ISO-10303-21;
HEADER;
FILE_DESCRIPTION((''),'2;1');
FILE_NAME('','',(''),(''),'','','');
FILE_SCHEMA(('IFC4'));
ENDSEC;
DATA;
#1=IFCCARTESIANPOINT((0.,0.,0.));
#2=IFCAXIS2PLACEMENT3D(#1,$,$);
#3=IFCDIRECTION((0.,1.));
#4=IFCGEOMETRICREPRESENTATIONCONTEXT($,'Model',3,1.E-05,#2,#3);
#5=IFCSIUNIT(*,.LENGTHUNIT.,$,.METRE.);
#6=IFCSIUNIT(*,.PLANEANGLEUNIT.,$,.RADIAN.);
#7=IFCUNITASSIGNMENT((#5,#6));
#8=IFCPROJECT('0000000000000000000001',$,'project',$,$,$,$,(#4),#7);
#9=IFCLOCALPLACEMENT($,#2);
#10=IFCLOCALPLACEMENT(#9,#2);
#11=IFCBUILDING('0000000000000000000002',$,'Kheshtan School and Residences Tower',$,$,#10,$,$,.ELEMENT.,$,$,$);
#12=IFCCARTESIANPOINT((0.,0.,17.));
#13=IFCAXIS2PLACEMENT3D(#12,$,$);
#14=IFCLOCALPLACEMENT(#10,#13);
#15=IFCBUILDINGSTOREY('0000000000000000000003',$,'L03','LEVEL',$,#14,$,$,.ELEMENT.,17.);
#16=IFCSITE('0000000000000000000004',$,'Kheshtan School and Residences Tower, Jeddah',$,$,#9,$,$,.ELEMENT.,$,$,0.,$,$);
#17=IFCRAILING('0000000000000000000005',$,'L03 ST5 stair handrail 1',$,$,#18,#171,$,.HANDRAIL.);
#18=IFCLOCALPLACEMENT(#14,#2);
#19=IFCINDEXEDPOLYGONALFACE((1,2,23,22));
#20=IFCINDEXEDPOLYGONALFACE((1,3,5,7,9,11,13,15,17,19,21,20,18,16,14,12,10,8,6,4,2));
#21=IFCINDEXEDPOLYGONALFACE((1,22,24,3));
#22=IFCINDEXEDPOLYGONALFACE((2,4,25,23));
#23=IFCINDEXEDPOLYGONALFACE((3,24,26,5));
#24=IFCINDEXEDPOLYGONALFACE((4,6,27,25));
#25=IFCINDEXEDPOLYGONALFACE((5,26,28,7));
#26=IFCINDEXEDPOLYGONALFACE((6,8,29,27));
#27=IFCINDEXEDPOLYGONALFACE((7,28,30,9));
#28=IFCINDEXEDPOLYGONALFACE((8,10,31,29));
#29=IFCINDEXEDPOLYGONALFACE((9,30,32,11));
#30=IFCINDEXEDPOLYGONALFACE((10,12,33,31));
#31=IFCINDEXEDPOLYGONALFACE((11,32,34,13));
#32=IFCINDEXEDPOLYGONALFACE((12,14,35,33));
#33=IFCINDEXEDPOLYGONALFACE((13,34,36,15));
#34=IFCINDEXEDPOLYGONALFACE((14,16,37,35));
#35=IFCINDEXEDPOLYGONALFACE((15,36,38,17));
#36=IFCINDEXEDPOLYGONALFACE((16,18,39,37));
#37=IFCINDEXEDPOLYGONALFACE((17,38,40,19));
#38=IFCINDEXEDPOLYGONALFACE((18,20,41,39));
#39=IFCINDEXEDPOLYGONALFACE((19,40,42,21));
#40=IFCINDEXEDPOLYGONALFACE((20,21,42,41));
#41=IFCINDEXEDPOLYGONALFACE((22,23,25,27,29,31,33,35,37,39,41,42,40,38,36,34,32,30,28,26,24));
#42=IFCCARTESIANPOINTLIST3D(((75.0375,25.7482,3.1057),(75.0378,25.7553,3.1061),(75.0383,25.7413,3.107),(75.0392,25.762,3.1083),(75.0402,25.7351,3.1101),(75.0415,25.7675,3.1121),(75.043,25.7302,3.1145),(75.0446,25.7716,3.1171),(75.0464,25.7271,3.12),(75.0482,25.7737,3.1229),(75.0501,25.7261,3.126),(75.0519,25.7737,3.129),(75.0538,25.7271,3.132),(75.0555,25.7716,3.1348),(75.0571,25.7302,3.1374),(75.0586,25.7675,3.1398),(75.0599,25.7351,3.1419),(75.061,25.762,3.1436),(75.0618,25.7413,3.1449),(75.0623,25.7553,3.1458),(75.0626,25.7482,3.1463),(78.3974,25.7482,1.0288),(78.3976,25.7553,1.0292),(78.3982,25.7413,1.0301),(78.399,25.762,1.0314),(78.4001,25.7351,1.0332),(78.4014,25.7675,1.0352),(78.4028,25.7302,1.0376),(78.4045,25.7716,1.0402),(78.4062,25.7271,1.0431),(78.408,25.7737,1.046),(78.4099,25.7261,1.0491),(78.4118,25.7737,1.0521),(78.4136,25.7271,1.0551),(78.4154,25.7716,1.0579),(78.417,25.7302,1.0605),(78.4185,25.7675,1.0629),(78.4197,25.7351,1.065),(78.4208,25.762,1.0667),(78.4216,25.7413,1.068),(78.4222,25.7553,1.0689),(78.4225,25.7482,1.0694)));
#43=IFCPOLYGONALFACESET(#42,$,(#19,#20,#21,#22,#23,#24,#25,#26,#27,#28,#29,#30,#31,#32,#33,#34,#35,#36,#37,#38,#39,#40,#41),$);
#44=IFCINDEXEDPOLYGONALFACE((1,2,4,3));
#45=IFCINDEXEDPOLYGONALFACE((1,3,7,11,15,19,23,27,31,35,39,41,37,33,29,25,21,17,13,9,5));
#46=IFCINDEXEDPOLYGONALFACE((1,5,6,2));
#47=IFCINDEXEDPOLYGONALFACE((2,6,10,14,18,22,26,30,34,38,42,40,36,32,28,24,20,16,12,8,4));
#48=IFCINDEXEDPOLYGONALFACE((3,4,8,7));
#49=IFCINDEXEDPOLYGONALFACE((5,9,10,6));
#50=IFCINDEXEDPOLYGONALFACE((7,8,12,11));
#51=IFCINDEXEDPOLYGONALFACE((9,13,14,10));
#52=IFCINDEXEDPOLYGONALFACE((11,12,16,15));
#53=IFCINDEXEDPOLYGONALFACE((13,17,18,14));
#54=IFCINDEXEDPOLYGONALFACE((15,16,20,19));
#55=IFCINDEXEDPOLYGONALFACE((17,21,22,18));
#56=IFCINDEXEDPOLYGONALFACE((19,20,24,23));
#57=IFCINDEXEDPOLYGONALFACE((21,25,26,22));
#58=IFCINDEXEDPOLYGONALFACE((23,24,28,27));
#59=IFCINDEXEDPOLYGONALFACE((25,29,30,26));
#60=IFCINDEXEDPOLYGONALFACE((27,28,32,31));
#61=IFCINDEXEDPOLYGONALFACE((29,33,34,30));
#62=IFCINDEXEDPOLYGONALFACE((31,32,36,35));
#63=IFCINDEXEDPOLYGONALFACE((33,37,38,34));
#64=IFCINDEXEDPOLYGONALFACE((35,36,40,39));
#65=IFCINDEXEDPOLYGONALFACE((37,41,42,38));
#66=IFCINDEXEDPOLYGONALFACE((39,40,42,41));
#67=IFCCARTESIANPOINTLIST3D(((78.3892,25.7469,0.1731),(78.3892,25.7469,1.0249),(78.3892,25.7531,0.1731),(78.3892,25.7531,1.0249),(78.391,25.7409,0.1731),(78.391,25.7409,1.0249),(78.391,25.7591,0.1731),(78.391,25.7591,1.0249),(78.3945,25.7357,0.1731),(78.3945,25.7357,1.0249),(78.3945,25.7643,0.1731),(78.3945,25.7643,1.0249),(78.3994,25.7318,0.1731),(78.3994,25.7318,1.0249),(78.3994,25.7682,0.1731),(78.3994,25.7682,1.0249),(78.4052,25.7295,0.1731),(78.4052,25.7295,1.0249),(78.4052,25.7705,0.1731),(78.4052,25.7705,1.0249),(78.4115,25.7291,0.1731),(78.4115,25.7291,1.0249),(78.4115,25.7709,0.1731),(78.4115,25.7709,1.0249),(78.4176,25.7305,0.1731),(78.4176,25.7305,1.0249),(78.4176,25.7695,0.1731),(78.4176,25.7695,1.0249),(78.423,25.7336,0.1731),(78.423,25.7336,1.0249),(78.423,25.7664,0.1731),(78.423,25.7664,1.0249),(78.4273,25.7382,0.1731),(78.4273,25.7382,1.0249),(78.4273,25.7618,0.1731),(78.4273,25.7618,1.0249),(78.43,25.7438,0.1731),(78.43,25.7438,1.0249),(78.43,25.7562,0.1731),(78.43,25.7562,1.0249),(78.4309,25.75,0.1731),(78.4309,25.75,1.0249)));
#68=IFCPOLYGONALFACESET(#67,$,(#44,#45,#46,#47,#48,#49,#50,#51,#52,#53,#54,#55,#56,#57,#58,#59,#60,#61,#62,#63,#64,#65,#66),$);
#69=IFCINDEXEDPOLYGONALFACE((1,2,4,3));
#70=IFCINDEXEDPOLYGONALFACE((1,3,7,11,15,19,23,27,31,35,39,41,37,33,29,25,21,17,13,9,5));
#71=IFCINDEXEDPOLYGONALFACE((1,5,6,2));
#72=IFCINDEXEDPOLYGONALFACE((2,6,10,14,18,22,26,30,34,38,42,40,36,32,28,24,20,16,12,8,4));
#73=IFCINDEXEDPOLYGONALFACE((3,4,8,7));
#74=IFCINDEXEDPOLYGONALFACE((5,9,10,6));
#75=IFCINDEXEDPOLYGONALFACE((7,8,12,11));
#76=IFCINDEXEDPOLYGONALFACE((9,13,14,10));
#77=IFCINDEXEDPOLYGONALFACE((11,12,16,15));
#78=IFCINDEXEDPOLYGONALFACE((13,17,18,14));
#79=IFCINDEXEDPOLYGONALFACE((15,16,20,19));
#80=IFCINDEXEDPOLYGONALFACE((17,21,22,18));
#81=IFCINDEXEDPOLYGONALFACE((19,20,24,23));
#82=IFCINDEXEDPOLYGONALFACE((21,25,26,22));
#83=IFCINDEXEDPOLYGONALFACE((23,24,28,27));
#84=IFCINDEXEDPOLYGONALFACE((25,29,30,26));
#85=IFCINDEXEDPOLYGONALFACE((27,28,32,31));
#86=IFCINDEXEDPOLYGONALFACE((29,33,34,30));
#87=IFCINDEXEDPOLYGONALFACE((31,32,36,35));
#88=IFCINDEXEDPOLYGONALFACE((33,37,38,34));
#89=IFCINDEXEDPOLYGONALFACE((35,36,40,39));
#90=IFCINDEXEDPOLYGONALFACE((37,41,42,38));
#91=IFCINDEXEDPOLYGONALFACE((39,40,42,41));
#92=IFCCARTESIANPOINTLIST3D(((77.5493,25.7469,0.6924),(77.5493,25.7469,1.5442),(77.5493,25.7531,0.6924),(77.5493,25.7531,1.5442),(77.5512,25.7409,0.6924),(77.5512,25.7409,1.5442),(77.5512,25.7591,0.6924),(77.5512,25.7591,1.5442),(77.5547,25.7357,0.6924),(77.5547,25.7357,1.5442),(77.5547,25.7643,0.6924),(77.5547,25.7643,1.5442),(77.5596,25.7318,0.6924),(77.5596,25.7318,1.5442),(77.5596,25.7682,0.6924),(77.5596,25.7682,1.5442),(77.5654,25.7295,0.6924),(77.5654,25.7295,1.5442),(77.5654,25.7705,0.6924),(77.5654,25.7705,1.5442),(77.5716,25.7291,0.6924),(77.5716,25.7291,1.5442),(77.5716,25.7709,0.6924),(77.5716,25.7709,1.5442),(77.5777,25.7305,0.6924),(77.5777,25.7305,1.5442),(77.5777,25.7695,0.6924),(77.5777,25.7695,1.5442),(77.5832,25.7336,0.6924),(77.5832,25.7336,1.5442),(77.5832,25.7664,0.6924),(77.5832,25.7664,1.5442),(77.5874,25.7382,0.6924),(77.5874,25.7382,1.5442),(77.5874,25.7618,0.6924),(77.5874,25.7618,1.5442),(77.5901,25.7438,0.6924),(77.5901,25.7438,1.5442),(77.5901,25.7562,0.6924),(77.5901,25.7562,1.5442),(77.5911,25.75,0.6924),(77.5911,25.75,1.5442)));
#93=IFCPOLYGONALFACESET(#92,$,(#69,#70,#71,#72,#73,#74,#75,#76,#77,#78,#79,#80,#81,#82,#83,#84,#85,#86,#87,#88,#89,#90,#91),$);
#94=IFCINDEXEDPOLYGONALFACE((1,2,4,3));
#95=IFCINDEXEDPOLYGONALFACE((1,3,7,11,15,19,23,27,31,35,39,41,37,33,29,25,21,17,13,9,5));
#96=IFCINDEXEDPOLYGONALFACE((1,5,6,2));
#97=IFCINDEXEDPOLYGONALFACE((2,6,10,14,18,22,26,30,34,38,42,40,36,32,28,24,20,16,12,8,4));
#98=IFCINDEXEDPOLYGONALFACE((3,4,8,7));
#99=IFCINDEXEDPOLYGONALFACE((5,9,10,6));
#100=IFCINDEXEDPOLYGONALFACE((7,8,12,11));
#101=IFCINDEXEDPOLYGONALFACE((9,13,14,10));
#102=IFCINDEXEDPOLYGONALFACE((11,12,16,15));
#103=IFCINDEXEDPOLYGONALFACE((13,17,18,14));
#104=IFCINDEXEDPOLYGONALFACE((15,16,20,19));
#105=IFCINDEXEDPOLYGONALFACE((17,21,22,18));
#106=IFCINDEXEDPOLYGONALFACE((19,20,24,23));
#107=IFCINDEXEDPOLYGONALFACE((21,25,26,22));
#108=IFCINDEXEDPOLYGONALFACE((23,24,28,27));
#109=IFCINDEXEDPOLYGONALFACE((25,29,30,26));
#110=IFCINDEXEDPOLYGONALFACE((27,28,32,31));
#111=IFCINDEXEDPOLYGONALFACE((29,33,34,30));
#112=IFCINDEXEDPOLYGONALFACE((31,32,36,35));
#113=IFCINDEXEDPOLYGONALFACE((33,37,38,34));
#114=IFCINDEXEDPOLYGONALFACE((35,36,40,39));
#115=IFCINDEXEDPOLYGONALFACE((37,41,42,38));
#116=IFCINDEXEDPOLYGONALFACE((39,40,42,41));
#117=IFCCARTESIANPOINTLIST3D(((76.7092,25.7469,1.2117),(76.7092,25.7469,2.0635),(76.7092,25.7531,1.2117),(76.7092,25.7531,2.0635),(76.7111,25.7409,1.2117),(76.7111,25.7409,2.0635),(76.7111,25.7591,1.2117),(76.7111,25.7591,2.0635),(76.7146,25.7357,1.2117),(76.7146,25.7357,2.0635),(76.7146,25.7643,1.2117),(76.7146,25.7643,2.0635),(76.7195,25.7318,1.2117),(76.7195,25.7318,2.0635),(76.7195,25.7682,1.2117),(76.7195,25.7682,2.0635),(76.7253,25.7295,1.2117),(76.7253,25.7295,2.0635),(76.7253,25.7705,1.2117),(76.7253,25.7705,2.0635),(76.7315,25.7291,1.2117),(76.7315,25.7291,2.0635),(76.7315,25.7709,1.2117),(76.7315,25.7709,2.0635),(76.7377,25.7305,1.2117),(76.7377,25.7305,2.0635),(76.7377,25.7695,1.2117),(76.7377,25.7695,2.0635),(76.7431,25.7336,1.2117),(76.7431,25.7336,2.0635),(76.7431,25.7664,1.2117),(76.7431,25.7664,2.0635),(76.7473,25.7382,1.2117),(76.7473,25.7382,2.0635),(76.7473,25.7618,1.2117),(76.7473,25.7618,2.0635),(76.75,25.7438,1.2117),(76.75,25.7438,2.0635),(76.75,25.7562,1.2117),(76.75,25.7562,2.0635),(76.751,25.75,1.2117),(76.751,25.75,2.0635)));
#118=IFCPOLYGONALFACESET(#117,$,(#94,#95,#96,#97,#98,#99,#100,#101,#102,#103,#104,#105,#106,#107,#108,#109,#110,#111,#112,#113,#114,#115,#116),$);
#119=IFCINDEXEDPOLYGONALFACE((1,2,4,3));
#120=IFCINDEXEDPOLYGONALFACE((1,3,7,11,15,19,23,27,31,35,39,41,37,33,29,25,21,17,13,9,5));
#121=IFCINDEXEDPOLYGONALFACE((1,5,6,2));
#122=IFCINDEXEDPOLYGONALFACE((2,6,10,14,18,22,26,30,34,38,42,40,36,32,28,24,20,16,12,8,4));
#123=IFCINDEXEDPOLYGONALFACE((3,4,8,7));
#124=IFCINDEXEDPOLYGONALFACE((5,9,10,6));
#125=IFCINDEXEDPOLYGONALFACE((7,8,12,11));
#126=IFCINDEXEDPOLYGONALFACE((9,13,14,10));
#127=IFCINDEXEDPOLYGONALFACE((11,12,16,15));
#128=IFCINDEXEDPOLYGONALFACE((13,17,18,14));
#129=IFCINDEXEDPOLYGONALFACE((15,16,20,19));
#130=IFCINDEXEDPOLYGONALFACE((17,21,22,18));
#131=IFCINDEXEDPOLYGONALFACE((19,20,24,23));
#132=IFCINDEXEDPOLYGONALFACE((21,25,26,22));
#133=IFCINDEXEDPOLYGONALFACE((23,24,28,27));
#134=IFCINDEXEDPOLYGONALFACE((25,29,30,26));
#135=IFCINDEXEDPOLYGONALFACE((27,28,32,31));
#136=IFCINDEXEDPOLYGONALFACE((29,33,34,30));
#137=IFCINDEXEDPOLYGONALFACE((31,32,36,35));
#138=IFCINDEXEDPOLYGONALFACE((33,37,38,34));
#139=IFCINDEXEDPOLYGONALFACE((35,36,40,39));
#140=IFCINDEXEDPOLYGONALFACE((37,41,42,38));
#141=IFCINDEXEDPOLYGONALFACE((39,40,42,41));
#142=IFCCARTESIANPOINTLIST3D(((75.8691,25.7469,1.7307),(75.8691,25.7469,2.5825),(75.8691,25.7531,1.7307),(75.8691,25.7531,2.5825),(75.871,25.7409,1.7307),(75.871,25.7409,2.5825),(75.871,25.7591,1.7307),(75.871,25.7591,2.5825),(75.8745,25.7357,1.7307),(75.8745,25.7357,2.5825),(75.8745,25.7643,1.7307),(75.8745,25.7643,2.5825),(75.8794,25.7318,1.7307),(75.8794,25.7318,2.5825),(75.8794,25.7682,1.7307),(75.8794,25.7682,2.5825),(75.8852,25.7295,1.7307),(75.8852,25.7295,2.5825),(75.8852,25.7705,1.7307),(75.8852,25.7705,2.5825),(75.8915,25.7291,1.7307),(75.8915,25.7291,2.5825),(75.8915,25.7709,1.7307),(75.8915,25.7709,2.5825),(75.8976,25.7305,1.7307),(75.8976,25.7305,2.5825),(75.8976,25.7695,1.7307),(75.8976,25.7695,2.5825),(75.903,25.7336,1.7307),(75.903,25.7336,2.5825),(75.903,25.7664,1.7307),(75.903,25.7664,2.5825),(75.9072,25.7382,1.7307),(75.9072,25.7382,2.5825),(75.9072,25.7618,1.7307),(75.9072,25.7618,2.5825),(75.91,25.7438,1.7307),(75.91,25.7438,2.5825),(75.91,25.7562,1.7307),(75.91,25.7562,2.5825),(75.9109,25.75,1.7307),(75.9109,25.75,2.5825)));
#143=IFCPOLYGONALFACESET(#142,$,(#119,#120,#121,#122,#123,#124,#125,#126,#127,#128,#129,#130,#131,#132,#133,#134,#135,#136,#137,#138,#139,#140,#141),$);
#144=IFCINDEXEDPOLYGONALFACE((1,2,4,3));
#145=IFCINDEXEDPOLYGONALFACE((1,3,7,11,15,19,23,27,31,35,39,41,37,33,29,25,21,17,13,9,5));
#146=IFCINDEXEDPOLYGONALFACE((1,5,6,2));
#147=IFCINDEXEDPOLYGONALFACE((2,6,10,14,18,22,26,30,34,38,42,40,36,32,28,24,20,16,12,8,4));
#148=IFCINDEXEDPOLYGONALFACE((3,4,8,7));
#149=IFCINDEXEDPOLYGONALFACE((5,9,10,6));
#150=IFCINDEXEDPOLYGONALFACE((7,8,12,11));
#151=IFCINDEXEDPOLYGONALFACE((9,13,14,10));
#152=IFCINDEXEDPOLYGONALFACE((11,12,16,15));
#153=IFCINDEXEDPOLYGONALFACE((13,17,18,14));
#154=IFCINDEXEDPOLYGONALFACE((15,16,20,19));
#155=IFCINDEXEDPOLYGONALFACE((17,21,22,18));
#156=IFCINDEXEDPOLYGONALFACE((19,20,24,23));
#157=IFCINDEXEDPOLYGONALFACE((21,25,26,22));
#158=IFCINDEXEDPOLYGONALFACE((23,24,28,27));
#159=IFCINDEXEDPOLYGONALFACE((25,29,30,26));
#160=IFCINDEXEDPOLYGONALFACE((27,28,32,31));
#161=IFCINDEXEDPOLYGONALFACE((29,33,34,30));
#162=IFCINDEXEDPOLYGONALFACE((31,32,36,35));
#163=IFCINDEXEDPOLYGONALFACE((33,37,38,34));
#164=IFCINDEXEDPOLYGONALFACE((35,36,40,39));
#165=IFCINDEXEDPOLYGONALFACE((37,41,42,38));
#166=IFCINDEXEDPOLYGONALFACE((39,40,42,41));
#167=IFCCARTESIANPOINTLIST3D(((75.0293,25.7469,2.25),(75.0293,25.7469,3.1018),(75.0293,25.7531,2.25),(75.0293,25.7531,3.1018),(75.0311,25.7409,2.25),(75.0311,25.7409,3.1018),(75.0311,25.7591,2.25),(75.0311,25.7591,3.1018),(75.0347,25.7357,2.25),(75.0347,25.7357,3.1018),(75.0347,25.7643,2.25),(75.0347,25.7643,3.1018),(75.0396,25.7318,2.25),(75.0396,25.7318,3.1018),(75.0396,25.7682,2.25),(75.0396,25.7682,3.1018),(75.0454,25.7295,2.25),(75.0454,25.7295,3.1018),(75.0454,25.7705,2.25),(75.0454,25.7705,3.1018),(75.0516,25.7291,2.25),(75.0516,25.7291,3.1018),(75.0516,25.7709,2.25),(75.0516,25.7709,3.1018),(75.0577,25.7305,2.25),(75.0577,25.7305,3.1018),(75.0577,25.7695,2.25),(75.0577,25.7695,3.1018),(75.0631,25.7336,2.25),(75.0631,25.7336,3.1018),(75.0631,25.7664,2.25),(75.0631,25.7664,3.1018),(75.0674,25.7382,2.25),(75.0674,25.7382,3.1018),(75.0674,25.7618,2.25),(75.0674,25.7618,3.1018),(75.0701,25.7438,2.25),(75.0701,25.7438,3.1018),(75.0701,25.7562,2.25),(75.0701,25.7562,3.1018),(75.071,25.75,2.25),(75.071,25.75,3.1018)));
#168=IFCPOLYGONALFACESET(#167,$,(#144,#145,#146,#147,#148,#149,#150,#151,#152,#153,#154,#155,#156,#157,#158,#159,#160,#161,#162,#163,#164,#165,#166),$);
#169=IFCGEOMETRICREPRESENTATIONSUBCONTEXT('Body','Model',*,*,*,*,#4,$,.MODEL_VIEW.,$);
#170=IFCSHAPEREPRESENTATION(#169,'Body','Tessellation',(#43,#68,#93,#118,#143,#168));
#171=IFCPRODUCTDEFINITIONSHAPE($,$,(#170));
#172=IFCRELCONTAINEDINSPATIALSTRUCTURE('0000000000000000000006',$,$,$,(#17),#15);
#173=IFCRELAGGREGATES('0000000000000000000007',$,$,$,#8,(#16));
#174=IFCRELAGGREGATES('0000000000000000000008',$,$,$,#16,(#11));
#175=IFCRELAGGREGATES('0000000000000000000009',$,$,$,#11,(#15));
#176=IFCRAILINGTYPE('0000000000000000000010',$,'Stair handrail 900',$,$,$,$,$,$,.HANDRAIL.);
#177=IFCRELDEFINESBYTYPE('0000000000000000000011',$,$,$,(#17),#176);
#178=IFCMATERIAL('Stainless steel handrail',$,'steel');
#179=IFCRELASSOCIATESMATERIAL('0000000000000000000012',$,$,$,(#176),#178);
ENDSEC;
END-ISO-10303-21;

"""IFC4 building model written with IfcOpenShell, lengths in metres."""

from ifc_helpers import new_model, si_unit, direction, frame, origin, origin_2d, place, context, subcontext, project, spatial, circle, extrude, material, type_object, element, save


model = new_model("IFC4")

# Units and contexts
model_context = context("Model", 3, precision=1e-05, world=origin(), true_north=direction((0.0, 1.0)))
body_context = subcontext(model_context, "Body", "Model", "MODEL_VIEW")
ifc_project = project(units=[si_unit("LENGTHUNIT", "METRE"), si_unit("PLANEANGLEUNIT", "RADIAN")], contexts=[model_context])

# Site, building, storey
site_placement = place(None, origin())
site = spatial("IfcSite", under=ifc_project, at=site_placement, Name="Kheshtan School and Residences Tower, Jeddah", CompositionType="ELEMENT", RefElevation=0.0)
building_placement = place(site_placement, origin())
building = spatial("IfcBuilding", under=site, at=building_placement, Name="Kheshtan School and Residences Tower", CompositionType="ELEMENT")
storey_placement = place(building_placement, frame((0.0, 0.0, 17.0)))
storey = spatial("IfcBuildingStorey", under=building, at=storey_placement, Name="L03", Description="LEVEL", CompositionType="ELEMENT", Elevation=17.0)

# Railing
ifc_material_1 = material(Name="Stainless steel handrail", Category="steel")
railing_type_1 = type_object("IfcRailingType", Name="Stair handrail 900", PredefinedType="HANDRAIL", material=ifc_material_1)
railing_1_placement = place(storey_placement, frame((78.4099, 25.75, 0.1731)))
element("IfcRailing", 1, at=railing_1_placement, inside=storey, type_object=railing_type_1, Name="L03 ST5 stair handrail 1", PredefinedType="HANDRAIL", context=body_context, shape_type="SweptSolid", body=[
    extrude(circle(Radius=0.0239, at=origin_2d()), frame((0.0, 0.0, 0.876), z_axis=(-0.850606, 0.0, 0.525803), x_axis=(0.0, -1.0, 0.0)), (0.0, 0.0, 1.0), 3.95),
    extrude(circle(Radius=0.021, at=origin_2d()), origin(), (0.0, 0.0, 1.0), 0.8518),
    extrude(circle(Radius=0.021, at=origin_2d()), frame((-0.8398, 0.0, 0.5193)), (0.0, 0.0, 1.0), 0.8518),
    extrude(circle(Radius=0.021, at=origin_2d()), frame((-1.6799, 0.0, 1.0386)), (0.0, 0.0, 1.0), 0.8518),
    extrude(circle(Radius=0.021, at=origin_2d()), frame((-2.52, 0.0, 1.5576)), (0.0, 0.0, 1.0), 0.8518),
    extrude(circle(Radius=0.021, at=origin_2d()), frame((-3.3599, 0.0, 2.0769)), (0.0, 0.0, 1.0), 0.8518),
])

save(model, "model.ifc")
